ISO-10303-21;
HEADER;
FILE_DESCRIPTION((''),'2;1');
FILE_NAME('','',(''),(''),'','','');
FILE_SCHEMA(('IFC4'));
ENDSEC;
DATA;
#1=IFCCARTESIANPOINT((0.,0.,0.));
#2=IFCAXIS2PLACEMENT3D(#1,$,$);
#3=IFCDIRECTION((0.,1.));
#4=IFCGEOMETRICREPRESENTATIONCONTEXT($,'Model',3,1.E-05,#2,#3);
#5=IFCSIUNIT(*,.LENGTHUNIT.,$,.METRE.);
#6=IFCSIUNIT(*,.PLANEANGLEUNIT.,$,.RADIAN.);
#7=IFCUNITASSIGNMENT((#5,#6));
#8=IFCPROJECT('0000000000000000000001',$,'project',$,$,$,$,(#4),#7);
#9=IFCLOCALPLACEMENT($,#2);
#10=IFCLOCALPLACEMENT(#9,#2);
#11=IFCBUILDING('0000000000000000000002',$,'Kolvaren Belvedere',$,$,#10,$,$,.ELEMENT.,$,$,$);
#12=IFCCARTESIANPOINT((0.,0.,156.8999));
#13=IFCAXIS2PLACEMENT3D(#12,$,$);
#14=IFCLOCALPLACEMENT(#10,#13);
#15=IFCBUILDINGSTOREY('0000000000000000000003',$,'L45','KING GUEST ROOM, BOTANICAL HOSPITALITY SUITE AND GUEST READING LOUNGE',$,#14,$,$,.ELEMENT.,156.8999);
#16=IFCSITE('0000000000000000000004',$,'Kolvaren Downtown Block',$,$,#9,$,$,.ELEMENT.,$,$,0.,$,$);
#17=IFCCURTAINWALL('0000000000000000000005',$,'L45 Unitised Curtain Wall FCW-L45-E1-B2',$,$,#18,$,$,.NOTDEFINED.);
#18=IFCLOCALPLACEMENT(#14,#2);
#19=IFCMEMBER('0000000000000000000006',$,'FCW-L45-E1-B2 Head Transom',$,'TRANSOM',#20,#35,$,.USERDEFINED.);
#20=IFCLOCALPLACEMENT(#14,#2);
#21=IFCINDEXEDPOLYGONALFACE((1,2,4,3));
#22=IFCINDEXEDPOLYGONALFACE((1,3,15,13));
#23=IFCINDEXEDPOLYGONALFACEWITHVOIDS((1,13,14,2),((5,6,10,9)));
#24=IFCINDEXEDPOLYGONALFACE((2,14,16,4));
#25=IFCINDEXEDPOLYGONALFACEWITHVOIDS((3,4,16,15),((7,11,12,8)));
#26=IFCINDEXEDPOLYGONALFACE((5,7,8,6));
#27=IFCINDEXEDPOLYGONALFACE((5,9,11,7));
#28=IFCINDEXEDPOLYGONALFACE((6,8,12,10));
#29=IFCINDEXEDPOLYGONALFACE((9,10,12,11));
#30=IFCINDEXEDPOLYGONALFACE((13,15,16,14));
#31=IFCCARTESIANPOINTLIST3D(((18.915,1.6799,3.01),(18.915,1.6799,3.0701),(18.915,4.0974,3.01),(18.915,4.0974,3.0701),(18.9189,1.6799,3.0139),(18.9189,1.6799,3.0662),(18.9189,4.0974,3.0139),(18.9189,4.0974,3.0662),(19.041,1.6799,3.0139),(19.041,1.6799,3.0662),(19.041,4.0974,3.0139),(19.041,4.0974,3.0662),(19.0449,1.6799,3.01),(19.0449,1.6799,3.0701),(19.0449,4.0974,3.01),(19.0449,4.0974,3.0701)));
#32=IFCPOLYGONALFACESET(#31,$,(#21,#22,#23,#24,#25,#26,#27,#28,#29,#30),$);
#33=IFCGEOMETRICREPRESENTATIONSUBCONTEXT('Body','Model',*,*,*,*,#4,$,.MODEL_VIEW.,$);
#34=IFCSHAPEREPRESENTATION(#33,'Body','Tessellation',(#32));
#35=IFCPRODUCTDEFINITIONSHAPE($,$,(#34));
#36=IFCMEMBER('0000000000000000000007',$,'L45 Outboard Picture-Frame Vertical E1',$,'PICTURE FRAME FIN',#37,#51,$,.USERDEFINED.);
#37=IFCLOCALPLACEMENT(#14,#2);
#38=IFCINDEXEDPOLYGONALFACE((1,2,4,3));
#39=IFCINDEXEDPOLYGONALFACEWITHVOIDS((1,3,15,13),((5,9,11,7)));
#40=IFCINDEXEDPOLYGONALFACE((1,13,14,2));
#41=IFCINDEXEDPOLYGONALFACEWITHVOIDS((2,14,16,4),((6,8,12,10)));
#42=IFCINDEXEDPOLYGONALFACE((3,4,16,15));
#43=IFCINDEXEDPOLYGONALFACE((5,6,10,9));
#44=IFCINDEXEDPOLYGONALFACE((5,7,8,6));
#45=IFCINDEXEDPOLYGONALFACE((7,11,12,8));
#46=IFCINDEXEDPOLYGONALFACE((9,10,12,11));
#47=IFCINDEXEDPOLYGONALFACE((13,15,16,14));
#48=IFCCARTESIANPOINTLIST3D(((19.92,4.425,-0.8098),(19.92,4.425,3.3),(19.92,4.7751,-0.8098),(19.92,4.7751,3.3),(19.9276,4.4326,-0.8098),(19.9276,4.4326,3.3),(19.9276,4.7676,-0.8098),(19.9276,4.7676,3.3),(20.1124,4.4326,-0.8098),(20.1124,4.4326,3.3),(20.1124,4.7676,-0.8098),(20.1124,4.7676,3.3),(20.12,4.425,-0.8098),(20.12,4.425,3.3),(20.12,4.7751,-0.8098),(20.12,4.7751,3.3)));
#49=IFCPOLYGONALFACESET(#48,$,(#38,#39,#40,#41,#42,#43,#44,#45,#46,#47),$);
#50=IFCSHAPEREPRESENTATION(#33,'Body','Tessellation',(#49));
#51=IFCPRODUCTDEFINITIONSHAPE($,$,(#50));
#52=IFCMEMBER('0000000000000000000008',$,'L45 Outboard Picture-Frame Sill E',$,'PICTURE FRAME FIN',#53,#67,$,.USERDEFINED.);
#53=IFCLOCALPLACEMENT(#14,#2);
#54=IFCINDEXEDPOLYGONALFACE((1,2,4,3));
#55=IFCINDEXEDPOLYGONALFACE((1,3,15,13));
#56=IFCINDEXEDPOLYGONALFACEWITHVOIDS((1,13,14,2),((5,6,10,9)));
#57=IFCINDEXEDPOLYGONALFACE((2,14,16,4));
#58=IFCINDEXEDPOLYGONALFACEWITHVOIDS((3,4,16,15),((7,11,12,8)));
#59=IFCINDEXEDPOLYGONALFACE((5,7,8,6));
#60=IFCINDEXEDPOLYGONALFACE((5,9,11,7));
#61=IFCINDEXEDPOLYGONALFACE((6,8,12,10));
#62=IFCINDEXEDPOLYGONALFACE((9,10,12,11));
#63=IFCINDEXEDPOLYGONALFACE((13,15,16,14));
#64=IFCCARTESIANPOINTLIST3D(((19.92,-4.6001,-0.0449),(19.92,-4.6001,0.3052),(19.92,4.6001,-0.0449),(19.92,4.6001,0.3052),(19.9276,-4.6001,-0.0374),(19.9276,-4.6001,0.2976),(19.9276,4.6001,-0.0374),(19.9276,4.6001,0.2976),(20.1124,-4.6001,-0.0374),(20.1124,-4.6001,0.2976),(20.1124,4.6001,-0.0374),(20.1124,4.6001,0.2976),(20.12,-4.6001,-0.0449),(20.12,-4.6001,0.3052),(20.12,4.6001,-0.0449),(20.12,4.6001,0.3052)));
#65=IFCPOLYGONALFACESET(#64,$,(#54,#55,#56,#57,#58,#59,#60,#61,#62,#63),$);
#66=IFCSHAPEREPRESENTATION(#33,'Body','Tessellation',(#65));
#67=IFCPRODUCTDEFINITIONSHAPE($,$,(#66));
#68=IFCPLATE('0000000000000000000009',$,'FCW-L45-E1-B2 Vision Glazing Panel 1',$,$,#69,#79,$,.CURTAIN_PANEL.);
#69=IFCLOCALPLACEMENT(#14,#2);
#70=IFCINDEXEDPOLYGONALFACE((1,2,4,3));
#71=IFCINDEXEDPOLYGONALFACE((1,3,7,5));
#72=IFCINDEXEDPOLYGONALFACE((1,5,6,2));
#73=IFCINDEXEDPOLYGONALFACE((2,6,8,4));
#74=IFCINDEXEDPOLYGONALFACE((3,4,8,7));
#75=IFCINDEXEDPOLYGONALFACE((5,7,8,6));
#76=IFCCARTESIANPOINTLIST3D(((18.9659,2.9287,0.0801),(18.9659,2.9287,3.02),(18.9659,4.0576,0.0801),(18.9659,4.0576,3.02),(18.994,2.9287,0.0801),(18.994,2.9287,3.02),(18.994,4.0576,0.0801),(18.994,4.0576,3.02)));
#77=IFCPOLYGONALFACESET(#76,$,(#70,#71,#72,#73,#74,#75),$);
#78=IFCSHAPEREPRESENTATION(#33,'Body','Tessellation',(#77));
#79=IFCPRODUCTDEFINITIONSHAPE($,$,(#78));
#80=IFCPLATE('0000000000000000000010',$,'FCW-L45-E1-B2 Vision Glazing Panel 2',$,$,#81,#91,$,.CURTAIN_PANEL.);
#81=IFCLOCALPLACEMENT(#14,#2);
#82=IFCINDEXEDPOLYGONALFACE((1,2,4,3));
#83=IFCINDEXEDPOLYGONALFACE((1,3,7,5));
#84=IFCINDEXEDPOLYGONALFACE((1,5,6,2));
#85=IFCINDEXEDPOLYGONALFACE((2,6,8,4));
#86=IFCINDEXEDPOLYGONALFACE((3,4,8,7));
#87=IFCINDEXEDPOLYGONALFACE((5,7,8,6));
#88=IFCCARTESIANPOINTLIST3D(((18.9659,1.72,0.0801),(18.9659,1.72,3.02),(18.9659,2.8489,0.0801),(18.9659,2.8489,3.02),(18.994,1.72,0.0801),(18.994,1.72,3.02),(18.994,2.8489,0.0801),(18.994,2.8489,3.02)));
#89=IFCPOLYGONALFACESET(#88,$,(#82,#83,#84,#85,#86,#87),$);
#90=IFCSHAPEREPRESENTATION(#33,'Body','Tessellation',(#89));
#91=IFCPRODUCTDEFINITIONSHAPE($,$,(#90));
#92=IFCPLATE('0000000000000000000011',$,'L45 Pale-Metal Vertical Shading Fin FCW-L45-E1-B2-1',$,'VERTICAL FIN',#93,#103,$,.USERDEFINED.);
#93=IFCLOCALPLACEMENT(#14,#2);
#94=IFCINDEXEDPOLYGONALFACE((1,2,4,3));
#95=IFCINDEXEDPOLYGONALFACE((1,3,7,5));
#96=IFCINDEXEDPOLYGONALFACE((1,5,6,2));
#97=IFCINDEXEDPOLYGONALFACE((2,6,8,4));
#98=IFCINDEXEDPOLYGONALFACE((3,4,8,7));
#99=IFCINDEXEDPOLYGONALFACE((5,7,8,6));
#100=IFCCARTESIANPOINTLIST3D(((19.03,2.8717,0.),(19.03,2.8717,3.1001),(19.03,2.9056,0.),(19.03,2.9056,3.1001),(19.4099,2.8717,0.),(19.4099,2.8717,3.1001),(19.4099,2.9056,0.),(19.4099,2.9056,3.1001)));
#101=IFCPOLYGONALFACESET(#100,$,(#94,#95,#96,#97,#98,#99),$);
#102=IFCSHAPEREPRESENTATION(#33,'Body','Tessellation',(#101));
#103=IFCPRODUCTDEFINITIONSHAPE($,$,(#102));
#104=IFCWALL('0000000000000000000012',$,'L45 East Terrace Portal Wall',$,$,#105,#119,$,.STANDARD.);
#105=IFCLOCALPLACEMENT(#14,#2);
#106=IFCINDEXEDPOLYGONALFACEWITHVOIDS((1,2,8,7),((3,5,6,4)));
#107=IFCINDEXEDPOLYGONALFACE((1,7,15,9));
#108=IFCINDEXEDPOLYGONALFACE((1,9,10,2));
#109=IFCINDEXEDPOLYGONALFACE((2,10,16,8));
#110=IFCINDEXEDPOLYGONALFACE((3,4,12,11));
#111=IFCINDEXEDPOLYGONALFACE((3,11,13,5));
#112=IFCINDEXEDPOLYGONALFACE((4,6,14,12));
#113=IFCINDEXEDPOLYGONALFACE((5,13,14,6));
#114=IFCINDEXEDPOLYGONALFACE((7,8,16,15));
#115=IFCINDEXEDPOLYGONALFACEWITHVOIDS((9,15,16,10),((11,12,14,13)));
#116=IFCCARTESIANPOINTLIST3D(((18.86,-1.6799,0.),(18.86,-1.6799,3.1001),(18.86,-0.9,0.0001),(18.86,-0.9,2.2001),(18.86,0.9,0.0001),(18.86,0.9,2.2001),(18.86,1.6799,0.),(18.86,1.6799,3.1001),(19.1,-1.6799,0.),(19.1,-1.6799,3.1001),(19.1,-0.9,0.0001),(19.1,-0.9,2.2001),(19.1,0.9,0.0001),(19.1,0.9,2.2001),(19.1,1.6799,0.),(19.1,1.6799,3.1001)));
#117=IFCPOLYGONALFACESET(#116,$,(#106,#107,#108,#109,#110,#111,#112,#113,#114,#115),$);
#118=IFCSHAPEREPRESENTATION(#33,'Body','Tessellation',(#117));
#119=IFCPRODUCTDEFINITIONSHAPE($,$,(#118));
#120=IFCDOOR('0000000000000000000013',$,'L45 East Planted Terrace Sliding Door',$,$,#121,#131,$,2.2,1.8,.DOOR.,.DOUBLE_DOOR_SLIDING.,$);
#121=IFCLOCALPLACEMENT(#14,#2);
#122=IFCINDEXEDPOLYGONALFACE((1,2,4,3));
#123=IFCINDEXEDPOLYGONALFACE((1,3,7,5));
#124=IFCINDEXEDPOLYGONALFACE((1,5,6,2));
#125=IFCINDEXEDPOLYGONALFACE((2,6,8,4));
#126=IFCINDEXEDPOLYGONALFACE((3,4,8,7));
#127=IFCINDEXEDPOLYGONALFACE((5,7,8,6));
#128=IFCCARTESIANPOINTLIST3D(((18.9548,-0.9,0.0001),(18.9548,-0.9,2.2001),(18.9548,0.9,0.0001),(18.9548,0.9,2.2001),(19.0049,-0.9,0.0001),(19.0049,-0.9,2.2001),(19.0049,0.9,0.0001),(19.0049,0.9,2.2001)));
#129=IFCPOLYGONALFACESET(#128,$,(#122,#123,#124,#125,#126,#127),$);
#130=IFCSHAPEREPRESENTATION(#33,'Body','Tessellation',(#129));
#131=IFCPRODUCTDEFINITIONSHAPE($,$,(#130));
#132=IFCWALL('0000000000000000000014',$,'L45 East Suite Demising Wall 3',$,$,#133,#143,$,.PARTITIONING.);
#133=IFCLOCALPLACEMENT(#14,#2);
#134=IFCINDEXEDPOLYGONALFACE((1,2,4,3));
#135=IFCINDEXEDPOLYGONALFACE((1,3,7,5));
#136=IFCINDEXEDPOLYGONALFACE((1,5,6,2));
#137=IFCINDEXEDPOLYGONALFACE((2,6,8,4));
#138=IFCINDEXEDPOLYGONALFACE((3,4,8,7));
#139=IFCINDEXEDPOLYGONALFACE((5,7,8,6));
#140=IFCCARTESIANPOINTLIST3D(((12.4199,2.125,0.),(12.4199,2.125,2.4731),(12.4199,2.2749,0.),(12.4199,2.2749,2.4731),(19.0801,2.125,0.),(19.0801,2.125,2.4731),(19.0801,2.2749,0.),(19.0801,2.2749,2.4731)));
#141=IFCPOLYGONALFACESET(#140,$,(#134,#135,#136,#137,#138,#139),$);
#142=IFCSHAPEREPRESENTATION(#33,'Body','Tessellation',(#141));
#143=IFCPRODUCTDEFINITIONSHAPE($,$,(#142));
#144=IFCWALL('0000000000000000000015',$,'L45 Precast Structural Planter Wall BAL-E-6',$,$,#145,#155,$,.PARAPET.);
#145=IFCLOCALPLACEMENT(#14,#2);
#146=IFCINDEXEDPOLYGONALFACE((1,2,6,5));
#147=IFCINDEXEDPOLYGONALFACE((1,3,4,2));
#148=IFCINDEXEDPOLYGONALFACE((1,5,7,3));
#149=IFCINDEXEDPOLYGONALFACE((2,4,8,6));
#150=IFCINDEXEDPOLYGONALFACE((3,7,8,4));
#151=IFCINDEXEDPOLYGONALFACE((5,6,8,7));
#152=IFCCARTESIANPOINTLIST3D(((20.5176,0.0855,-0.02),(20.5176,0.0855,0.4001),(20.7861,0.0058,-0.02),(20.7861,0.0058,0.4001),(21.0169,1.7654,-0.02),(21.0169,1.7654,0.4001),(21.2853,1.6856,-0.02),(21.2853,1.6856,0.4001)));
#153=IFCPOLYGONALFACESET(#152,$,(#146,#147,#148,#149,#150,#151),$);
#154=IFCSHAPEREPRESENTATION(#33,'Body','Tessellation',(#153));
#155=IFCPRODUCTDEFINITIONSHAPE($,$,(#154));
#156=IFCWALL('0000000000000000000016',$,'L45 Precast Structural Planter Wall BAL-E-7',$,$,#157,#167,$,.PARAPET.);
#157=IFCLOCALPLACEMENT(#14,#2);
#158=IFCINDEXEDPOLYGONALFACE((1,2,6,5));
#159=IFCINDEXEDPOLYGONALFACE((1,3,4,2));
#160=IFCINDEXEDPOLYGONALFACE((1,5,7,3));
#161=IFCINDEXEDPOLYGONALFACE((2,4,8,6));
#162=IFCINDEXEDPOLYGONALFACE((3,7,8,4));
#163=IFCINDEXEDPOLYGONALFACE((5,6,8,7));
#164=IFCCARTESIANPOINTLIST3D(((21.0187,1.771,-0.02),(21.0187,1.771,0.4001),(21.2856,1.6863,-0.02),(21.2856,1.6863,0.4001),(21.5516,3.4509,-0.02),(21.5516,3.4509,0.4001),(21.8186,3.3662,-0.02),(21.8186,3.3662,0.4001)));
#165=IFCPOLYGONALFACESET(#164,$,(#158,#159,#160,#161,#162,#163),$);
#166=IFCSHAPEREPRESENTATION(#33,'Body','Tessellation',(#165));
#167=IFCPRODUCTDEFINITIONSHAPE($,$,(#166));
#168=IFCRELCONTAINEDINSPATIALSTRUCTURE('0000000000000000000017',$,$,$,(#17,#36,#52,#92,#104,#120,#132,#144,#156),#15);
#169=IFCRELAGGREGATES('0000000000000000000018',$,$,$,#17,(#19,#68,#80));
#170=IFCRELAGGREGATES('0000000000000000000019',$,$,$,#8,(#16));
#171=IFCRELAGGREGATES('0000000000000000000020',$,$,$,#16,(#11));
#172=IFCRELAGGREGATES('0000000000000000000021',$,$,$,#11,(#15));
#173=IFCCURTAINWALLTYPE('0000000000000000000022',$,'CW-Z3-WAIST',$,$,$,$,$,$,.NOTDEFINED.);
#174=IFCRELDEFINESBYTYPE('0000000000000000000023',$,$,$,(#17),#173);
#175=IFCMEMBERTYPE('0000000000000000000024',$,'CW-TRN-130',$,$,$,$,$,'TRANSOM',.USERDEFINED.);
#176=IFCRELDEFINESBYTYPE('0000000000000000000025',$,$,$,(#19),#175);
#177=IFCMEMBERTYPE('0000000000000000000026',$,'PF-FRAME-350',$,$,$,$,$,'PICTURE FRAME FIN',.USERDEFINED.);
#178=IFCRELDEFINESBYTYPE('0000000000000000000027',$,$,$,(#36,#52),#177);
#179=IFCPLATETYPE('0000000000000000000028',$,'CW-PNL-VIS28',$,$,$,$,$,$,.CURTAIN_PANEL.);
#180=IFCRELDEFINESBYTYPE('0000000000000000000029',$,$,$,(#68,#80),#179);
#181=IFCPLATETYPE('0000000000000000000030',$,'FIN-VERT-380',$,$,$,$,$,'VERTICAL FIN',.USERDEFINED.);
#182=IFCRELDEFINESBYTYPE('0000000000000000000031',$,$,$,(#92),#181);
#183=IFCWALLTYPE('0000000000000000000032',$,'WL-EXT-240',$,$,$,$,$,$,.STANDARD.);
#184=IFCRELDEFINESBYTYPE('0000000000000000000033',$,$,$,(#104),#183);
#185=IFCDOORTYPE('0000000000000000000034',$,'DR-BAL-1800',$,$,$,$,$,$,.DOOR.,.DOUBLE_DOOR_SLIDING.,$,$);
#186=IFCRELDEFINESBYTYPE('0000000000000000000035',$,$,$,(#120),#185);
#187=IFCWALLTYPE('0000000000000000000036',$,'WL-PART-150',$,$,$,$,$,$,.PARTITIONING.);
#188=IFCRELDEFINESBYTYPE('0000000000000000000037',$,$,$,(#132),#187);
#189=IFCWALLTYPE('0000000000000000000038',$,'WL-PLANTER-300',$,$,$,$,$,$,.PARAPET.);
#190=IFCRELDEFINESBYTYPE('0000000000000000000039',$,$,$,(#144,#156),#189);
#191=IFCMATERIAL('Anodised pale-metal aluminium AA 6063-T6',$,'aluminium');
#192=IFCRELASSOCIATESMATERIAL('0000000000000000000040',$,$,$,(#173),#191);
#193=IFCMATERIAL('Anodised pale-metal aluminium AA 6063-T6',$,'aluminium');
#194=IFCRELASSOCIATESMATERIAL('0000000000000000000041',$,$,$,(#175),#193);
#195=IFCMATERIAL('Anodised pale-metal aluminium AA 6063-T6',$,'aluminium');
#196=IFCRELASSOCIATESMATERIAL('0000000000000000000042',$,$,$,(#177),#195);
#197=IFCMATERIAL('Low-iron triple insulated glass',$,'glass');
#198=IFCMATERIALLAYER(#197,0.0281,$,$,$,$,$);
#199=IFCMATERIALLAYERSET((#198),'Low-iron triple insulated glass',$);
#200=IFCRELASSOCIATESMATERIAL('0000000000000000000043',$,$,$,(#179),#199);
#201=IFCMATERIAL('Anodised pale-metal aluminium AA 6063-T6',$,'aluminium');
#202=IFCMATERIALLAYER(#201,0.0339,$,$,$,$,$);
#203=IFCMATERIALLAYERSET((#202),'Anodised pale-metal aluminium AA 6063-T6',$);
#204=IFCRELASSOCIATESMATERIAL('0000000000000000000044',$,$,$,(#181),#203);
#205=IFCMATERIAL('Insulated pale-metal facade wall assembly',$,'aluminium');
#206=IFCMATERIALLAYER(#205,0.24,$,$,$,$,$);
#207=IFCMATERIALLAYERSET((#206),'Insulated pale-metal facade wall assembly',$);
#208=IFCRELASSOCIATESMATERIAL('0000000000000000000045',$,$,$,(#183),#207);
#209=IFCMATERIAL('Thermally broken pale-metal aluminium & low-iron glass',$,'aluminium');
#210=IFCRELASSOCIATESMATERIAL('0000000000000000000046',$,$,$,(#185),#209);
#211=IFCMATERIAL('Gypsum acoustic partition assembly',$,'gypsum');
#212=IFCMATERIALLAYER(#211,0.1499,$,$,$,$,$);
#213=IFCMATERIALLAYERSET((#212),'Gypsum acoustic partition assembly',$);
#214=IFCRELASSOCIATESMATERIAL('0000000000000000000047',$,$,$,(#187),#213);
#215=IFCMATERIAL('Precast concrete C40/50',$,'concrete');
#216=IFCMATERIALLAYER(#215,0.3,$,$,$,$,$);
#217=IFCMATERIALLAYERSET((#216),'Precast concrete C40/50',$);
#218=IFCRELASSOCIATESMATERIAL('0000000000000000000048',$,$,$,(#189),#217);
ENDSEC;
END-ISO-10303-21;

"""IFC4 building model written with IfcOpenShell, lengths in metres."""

from ifc_helpers import new_model, si_unit, direction, frame, frame_2d, origin, origin_2d, place, context, subcontext, project, spatial, rectangle, hollow_rectangle, extrude, material, layer, layer_set, material_profile, profile_set, type_object, element, fill, aggregate, save


model = new_model("IFC4")

# Units and contexts
model_context = context("Model", 3, precision=1e-05, world=origin(), true_north=direction((0.0, 1.0)))
body_context = subcontext(model_context, "Body", "Model", "MODEL_VIEW")
ifc_project = project(units=[si_unit("LENGTHUNIT", "METRE"), si_unit("PLANEANGLEUNIT", "RADIAN")], contexts=[model_context])

# Site, building, storey
site_placement = place(None, origin())
site = spatial("IfcSite", under=ifc_project, at=site_placement, Name="Kolvaren Downtown Block", CompositionType="ELEMENT", RefElevation=0.0)
building_placement = place(site_placement, origin())
building = spatial("IfcBuilding", under=site, at=building_placement, Name="Kolvaren Belvedere", CompositionType="ELEMENT")
storey_placement = place(building_placement, frame((0.0, 0.0, 156.8999)))
storey = spatial("IfcBuildingStorey", under=building, at=storey_placement, Name="L45", Description="KING GUEST ROOM, BOTANICAL HOSPITALITY SUITE AND GUEST READING LOUNGE", CompositionType="ELEMENT", Elevation=156.8999)

# Curtain wall, member
ifc_material_1 = material(Name="Anodised pale-metal aluminium AA 6063-T6", Category="aluminium")
curtain_wall_type = type_object("IfcCurtainWallType", Name="CW-Z3-WAIST", PredefinedType="NOTDEFINED", material=ifc_material_1)
curtain_wall_placement = place(storey_placement, origin())
curtain_wall = element("IfcCurtainWall", 1, at=curtain_wall_placement, inside=storey, type_object=curtain_wall_type, Name="L45 Unitised Curtain Wall FCW-L45-E1-B2", PredefinedType="NOTDEFINED")
ifc_material_2 = material(Name="Anodised pale-metal aluminium AA 6063-T6", Category="aluminium")
ifc_material_profile_1 = material_profile(ifc_material_2, hollow_rectangle(XDim=0.0601, YDim=0.1299, WallThickness=0.0039, at=origin_2d()), Name="ALU-TRN-130X60")
ifc_profile_set_1 = profile_set([ifc_material_profile_1], Name="Anodised pale-metal aluminium AA 6063-T6")
member_type_1 = type_object("IfcMemberType", Name="CW-TRN-130", ElementType="TRANSOM", PredefinedType="USERDEFINED", material=ifc_profile_set_1)
member_1_placement = place(storey_placement, frame((18.98, 4.0974, 3.04), z_axis=(0.0, -1.0, 0.0), x_axis=(0.0, 0.0, 1.0)))
member_1 = element("IfcMember", 2, at=member_1_placement, type_object=member_type_1, Name="FCW-L45-E1-B2 Head Transom", ObjectType="TRANSOM", PredefinedType="USERDEFINED", context=body_context, shape_type="SweptSolid", body=[
    extrude(hollow_rectangle(XDim=0.0601, YDim=0.1299, WallThickness=0.0039, at=origin_2d()), origin(), (0.0, 0.0, 1.0), 2.4175),
])

# Members
ifc_material_3 = material(Name="Anodised pale-metal aluminium AA 6063-T6", Category="aluminium")
ifc_material_profile_2 = material_profile(ifc_material_3, hollow_rectangle(XDim=0.2, YDim=0.3501, WallThickness=0.0076, at=origin_2d()), Name="ALU-PF-350X200")
ifc_profile_set_2 = profile_set([ifc_material_profile_2], Name="Anodised pale-metal aluminium AA 6063-T6")
member_type_2 = type_object("IfcMemberType", Name="PF-FRAME-350", ElementType="PICTURE FRAME FIN", PredefinedType="USERDEFINED", material=ifc_profile_set_2)
member_2_placement = place(storey_placement, frame((20.02, 4.6001, -0.8098), z_axis=(0.0, 0.0, 1.0), x_axis=(1.0, 0.0, 0.0)))
element("IfcMember", 3, at=member_2_placement, inside=storey, type_object=member_type_2, Name="L45 Outboard Picture-Frame Vertical E1", ObjectType="PICTURE FRAME FIN", PredefinedType="USERDEFINED", context=body_context, shape_type="SweptSolid", body=[
    extrude(hollow_rectangle(XDim=0.2, YDim=0.3501, WallThickness=0.0076, at=origin_2d()), origin(), (0.0, 0.0, 1.0), 4.1099),
])
member_3_placement = place(storey_placement, frame((20.02, 4.6001, 0.1301), z_axis=(0.0, -1.0, 0.0), x_axis=(1.0, 0.0, 0.0)))
element("IfcMember", 4, at=member_3_placement, inside=storey, type_object=member_type_2, Name="L45 Outboard Picture-Frame Sill E", ObjectType="PICTURE FRAME FIN", PredefinedType="USERDEFINED", context=body_context, shape_type="SweptSolid", body=[
    extrude(hollow_rectangle(XDim=0.2, YDim=0.3501, WallThickness=0.0076, at=origin_2d()), origin(), (0.0, 0.0, 1.0), 9.2002),
])

# Plates
ifc_material_4 = material(Name="Low-iron triple insulated glass", Category="glass")
ifc_layer_1 = layer(ifc_material_4, 0.0281)
ifc_layer_set_1 = layer_set([ifc_layer_1], Name="Low-iron triple insulated glass")
plate_type_1 = type_object("IfcPlateType", Name="CW-PNL-VIS28", PredefinedType="CURTAIN_PANEL", material=ifc_layer_set_1)
plate_1_placement = place(storey_placement, frame((18.98, 3.4932, 0.0801), z_axis=(0.0, 0.0, 1.0), x_axis=(0.0, -1.0, 0.0)))
plate_1 = element("IfcPlate", 5, at=plate_1_placement, type_object=plate_type_1, Name="FCW-L45-E1-B2 Vision Glazing Panel 1", PredefinedType="CURTAIN_PANEL", context=body_context, shape_type="SweptSolid", body=[
    extrude(rectangle(XDim=1.1289, YDim=0.0281, at=origin_2d()), origin(), (0.0, 0.0, 1.0), 2.9399),
])
plate_2_placement = place(storey_placement, frame((18.98, 2.2844, 0.0801), z_axis=(0.0, 0.0, 1.0), x_axis=(0.0, -1.0, 0.0)))
plate_2 = element("IfcPlate", 6, at=plate_2_placement, type_object=plate_type_1, Name="FCW-L45-E1-B2 Vision Glazing Panel 2", PredefinedType="CURTAIN_PANEL", context=body_context, shape_type="SweptSolid", body=[
    extrude(rectangle(XDim=1.1289, YDim=0.0281, at=origin_2d()), origin(), (0.0, 0.0, 1.0), 2.9399),
])
aggregate(curtain_wall, [member_1, plate_1, plate_2])
ifc_material_5 = material(Name="Anodised pale-metal aluminium AA 6063-T6", Category="aluminium")
ifc_layer_2 = layer(ifc_material_5, 0.0339)
ifc_layer_set_2 = layer_set([ifc_layer_2], Name="Anodised pale-metal aluminium AA 6063-T6")
plate_type_2 = type_object("IfcPlateType", Name="FIN-VERT-380", ElementType="VERTICAL FIN", PredefinedType="USERDEFINED", material=ifc_layer_set_2)
plate_3_placement = place(storey_placement, frame((19.22, 2.8887, 0.0), z_axis=(0.0, 0.0, 1.0), x_axis=(1.0, 0.0, 0.0)))
element("IfcPlate", 7, at=plate_3_placement, inside=storey, type_object=plate_type_2, Name="L45 Pale-Metal Vertical Shading Fin FCW-L45-E1-B2-1", ObjectType="VERTICAL FIN", PredefinedType="USERDEFINED", context=body_context, shape_type="SweptSolid", body=[
    extrude(rectangle(XDim=0.3799, YDim=0.0339, at=origin_2d()), origin(), (0.0, 0.0, 1.0), 3.1001),
])

# Wall, opening, door
ifc_material_6 = material(Name="Insulated pale-metal facade wall assembly", Category="aluminium")
ifc_layer_3 = layer(ifc_material_6, 0.24)
ifc_layer_set_3 = layer_set([ifc_layer_3], Name="Insulated pale-metal facade wall assembly")
wall_type_1 = type_object("IfcWallType", Name="WL-EXT-240", PredefinedType="STANDARD", material=ifc_layer_set_3)
wall_1_placement = place(storey_placement, frame((18.98, 1.6799, 0.0), z_axis=(0.0, 0.0, 1.0), x_axis=(0.0, -1.0, 0.0)))
wall_1 = element("IfcWall", 8, at=wall_1_placement, inside=storey, type_object=wall_type_1, Name="L45 East Terrace Portal Wall", PredefinedType="STANDARD", context=body_context, shape_type="SweptSolid", body=[
    extrude(rectangle(XDim=3.3599, YDim=0.24, at=frame_2d((1.6799, 0.0))), origin(), (0.0, 0.0, 1.0), 3.1001),
])
opening_1_placement = place(wall_1_placement, frame((0.78, 0.0, 0.0)))
opening_1 = element("IfcOpeningElement", 9, at=opening_1_placement, cuts=wall_1, PredefinedType="OPENING", context=body_context, shape_type="SweptSolid", body=[
    extrude(rectangle(XDim=1.8, YDim=2.2, at=frame_2d((0.8999, 1.1001))), frame((0.0, 0.1299, 0.0), z_axis=(0.0, -1.0, 0.0), x_axis=(1.0, 0.0, 0.0)), (0.0, 0.0, 1.0), 0.26),
])
ifc_material_7 = material(Name="Thermally broken pale-metal aluminium & low-iron glass", Category="aluminium")
door_type_1 = type_object("IfcDoorType", Name="DR-BAL-1800", OperationType="DOUBLE_DOOR_SLIDING", PredefinedType="DOOR", material=ifc_material_7)
door_1_placement = place(opening_1_placement, origin())
door_1 = element("IfcDoor", 10, at=door_1_placement, inside=storey, type_object=door_type_1, Name="L45 East Planted Terrace Sliding Door", OperationType="DOUBLE_DOOR_SLIDING", OverallHeight=2.2, OverallWidth=1.8, PredefinedType="DOOR", context=body_context, shape_type="SweptSolid", body=[
    extrude(rectangle(XDim=1.8, YDim=2.2, at=frame_2d((0.8999, 1.1001))), frame((0.0, 0.0249, 0.0), z_axis=(0.0, -1.0, 0.0), x_axis=(1.0, 0.0, 0.0)), (0.0, 0.0, 1.0), 0.05),
])
fill(opening_1, door_1)

# Walls
ifc_material_8 = material(Name="Gypsum acoustic partition assembly", Category="gypsum")
ifc_layer_4 = layer(ifc_material_8, 0.1499)
ifc_layer_set_4 = layer_set([ifc_layer_4], Name="Gypsum acoustic partition assembly")
wall_type_2 = type_object("IfcWallType", Name="WL-PART-150", PredefinedType="PARTITIONING", material=ifc_layer_set_4)
wall_2_placement = place(storey_placement, frame((12.4199, 2.2, 0.0), z_axis=(0.0, 0.0, 1.0), x_axis=(1.0, 0.0, 0.0)))
element("IfcWall", 11, at=wall_2_placement, inside=storey, type_object=wall_type_2, Name="L45 East Suite Demising Wall 3", PredefinedType="PARTITIONING", context=body_context, shape_type="SweptSolid", body=[
    extrude(rectangle(XDim=6.6602, YDim=0.1499, at=frame_2d((3.3301, 0.0))), origin(), (0.0, 0.0, 1.0), 2.4731),
])
ifc_material_9 = material(Name="Precast concrete C40/50", Category="concrete")
ifc_layer_5 = layer(ifc_material_9, 0.3)
ifc_layer_set_5 = layer_set([ifc_layer_5], Name="Precast concrete C40/50")
wall_type_3 = type_object("IfcWallType", Name="WL-PLANTER-300", PredefinedType="PARAPET", material=ifc_layer_set_5)
wall_3_placement = place(storey_placement, frame((20.6519, 0.0457, -0.02), z_axis=(0.0, 0.0, 1.0), x_axis=(0.28488, 0.958563, 0.0)))
element("IfcWall", 12, at=wall_3_placement, inside=storey, type_object=wall_type_3, Name="L45 Precast Structural Planter Wall BAL-E-6", PredefinedType="PARAPET", context=body_context, shape_type="SweptSolid", body=[
    extrude(rectangle(XDim=1.7524, YDim=0.28, at=frame_2d((0.8762, 0.0))), origin(), (0.0, 0.0, 1.0), 0.4202),
])
wall_4_placement = place(storey_placement, frame((21.1521, 1.7285, -0.02), z_axis=(0.0, 0.0, 1.0), x_axis=(0.302397, 0.953182, 0.0)))
element("IfcWall", 13, at=wall_4_placement, inside=storey, type_object=wall_type_3, Name="L45 Precast Structural Planter Wall BAL-E-7", PredefinedType="PARAPET", context=body_context, shape_type="SweptSolid", body=[
    extrude(rectangle(XDim=1.7625, YDim=0.28, at=frame_2d((0.8813, 0.0))), origin(), (0.0, 0.0, 1.0), 0.4202),
])

save(model, "model.ifc")
